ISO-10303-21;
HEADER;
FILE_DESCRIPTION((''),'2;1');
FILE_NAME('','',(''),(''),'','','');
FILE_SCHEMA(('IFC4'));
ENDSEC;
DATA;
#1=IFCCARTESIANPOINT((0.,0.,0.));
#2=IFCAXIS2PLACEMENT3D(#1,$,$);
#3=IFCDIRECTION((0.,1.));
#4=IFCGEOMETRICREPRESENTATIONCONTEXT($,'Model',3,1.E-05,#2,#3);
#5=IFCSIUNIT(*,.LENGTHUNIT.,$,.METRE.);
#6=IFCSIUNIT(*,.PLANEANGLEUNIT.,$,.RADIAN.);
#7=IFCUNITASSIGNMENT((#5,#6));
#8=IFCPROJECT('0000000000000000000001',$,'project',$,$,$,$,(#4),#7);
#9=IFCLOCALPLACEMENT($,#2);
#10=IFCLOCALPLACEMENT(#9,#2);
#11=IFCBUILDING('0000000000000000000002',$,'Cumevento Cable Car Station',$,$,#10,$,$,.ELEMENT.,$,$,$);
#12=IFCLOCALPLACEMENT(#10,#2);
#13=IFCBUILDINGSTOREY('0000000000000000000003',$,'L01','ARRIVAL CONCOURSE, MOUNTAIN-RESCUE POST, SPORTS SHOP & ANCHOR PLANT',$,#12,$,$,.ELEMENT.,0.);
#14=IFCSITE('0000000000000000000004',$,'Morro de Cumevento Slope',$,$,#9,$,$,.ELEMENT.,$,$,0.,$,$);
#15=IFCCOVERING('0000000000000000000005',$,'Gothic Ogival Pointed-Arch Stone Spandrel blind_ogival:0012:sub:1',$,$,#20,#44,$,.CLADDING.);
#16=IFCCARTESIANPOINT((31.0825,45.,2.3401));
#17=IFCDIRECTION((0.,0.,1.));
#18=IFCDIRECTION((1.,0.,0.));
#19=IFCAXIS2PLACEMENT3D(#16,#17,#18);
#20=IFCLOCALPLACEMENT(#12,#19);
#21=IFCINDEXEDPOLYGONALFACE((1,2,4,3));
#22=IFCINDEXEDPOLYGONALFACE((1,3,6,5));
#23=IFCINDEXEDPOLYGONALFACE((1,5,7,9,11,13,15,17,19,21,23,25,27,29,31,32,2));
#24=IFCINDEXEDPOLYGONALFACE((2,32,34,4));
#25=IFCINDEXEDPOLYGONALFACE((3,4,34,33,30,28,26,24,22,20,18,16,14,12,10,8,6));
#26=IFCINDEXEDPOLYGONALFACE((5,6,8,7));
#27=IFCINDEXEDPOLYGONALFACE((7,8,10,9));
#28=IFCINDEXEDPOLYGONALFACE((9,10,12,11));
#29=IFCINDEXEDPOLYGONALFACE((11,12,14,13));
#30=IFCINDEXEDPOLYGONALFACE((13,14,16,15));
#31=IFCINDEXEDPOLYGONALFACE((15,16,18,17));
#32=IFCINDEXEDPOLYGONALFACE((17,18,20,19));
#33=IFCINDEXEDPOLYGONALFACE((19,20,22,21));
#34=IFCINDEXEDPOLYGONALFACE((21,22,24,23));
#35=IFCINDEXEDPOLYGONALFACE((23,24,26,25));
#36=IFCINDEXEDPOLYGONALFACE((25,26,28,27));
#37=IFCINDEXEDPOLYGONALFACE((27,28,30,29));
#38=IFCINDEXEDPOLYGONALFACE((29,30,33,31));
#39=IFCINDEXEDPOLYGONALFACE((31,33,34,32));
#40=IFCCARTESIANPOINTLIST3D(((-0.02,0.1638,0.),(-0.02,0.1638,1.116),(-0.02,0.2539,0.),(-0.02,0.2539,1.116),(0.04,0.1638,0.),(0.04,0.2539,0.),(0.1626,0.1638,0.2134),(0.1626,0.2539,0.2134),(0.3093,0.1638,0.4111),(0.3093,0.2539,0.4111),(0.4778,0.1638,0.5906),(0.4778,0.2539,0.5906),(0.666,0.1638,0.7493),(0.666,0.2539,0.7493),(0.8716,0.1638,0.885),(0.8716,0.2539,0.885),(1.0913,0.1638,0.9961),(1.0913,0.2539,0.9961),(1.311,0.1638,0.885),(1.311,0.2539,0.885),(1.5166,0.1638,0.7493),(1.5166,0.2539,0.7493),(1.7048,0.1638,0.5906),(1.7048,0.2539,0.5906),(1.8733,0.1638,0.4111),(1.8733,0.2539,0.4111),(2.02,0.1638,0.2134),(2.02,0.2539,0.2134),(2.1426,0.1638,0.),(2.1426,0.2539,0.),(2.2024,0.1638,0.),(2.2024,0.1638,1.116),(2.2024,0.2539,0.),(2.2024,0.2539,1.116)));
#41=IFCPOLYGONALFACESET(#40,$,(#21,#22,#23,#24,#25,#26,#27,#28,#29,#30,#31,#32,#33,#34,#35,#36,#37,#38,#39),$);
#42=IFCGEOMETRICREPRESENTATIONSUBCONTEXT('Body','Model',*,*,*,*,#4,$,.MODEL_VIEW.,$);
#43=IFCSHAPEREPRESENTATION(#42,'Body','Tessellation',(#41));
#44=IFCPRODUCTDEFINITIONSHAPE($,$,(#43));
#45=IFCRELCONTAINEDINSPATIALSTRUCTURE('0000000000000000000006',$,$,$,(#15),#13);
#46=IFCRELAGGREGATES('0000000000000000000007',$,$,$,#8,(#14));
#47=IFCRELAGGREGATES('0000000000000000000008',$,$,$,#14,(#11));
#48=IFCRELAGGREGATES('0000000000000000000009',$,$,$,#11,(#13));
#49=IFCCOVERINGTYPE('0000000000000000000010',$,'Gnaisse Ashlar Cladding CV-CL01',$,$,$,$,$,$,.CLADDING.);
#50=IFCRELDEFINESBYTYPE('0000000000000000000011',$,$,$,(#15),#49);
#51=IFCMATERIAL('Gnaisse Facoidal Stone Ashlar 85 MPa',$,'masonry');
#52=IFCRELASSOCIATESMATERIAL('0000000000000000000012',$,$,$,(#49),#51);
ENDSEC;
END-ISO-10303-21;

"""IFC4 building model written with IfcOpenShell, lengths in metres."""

from ifc_helpers import new_model, si_unit, direction, frame, origin, place, context, subcontext, project, spatial, polyline, outline, extrude, material, type_object, element, save


model = new_model("IFC4")

# Units and contexts
model_context = context("Model", 3, precision=1e-05, world=origin(), true_north=direction((0.0, 1.0)))
body_context = subcontext(model_context, "Body", "Model", "MODEL_VIEW")
ifc_project = project(units=[si_unit("LENGTHUNIT", "METRE"), si_unit("PLANEANGLEUNIT", "RADIAN")], contexts=[model_context])

# Site, building, storey
site_placement = place(None, origin())
site = spatial("IfcSite", under=ifc_project, at=site_placement, Name="Morro de Cumevento Slope", CompositionType="ELEMENT", RefElevation=0.0)
building_placement = place(site_placement, origin())
building = spatial("IfcBuilding", under=site, at=building_placement, Name="Cumevento Cable Car Station", CompositionType="ELEMENT")
storey_placement = place(building_placement, origin())
storey = spatial("IfcBuildingStorey", under=building, at=storey_placement, Name="L01", Description="ARRIVAL CONCOURSE, MOUNTAIN-RESCUE POST, SPORTS SHOP & ANCHOR PLANT", CompositionType="ELEMENT", Elevation=0.0)

# Covering
ifc_material_1 = material(Name="Gnaisse Facoidal Stone Ashlar 85 MPa", Category="masonry")
covering_type = type_object("IfcCoveringType", Name="Gnaisse Ashlar Cladding CV-CL01", PredefinedType="CLADDING", material=ifc_material_1)
for number, where, z_axis, x_axis, name in (
    (1, (31.0825, 45.0, 2.3401), (0.0, 0.0, 1.0), (1.0, 0.0, 0.0), "Gothic Ogival Pointed-Arch Stone Spandrel blind_ogival:0012:sub:1"),
):
    element("IfcCovering", number, at=place(storey_placement, frame(where, z_axis=z_axis, x_axis=x_axis)), inside=storey, type_object=covering_type, Name=name, PredefinedType="CLADDING", context=body_context, shape_type="SweptSolid", body=[
        extrude(outline(polyline([(-0.02, 0.0), (-0.02, 1.116), (2.2024, 1.116), (2.2024, 0.0), (2.1426, 0.0), (2.02, 0.2134), (1.8733, 0.4111), (1.7048, 0.5906), (1.5166, 0.7493), (1.311, 0.885), (1.0913, 0.9961), (0.8716, 0.885), (0.666, 0.7493), (0.4778, 0.5906), (0.3093, 0.4111), (0.1626, 0.2134), (0.04, 0.0), (-0.02, 0.0)])), frame((0.0, 0.2539, 0.0), z_axis=(0.0, -1.0, 0.0), x_axis=(1.0, 0.0, 0.0)), (0.0, 0.0, 1.0), 0.0901),
    ])

save(model, "model.ifc")
